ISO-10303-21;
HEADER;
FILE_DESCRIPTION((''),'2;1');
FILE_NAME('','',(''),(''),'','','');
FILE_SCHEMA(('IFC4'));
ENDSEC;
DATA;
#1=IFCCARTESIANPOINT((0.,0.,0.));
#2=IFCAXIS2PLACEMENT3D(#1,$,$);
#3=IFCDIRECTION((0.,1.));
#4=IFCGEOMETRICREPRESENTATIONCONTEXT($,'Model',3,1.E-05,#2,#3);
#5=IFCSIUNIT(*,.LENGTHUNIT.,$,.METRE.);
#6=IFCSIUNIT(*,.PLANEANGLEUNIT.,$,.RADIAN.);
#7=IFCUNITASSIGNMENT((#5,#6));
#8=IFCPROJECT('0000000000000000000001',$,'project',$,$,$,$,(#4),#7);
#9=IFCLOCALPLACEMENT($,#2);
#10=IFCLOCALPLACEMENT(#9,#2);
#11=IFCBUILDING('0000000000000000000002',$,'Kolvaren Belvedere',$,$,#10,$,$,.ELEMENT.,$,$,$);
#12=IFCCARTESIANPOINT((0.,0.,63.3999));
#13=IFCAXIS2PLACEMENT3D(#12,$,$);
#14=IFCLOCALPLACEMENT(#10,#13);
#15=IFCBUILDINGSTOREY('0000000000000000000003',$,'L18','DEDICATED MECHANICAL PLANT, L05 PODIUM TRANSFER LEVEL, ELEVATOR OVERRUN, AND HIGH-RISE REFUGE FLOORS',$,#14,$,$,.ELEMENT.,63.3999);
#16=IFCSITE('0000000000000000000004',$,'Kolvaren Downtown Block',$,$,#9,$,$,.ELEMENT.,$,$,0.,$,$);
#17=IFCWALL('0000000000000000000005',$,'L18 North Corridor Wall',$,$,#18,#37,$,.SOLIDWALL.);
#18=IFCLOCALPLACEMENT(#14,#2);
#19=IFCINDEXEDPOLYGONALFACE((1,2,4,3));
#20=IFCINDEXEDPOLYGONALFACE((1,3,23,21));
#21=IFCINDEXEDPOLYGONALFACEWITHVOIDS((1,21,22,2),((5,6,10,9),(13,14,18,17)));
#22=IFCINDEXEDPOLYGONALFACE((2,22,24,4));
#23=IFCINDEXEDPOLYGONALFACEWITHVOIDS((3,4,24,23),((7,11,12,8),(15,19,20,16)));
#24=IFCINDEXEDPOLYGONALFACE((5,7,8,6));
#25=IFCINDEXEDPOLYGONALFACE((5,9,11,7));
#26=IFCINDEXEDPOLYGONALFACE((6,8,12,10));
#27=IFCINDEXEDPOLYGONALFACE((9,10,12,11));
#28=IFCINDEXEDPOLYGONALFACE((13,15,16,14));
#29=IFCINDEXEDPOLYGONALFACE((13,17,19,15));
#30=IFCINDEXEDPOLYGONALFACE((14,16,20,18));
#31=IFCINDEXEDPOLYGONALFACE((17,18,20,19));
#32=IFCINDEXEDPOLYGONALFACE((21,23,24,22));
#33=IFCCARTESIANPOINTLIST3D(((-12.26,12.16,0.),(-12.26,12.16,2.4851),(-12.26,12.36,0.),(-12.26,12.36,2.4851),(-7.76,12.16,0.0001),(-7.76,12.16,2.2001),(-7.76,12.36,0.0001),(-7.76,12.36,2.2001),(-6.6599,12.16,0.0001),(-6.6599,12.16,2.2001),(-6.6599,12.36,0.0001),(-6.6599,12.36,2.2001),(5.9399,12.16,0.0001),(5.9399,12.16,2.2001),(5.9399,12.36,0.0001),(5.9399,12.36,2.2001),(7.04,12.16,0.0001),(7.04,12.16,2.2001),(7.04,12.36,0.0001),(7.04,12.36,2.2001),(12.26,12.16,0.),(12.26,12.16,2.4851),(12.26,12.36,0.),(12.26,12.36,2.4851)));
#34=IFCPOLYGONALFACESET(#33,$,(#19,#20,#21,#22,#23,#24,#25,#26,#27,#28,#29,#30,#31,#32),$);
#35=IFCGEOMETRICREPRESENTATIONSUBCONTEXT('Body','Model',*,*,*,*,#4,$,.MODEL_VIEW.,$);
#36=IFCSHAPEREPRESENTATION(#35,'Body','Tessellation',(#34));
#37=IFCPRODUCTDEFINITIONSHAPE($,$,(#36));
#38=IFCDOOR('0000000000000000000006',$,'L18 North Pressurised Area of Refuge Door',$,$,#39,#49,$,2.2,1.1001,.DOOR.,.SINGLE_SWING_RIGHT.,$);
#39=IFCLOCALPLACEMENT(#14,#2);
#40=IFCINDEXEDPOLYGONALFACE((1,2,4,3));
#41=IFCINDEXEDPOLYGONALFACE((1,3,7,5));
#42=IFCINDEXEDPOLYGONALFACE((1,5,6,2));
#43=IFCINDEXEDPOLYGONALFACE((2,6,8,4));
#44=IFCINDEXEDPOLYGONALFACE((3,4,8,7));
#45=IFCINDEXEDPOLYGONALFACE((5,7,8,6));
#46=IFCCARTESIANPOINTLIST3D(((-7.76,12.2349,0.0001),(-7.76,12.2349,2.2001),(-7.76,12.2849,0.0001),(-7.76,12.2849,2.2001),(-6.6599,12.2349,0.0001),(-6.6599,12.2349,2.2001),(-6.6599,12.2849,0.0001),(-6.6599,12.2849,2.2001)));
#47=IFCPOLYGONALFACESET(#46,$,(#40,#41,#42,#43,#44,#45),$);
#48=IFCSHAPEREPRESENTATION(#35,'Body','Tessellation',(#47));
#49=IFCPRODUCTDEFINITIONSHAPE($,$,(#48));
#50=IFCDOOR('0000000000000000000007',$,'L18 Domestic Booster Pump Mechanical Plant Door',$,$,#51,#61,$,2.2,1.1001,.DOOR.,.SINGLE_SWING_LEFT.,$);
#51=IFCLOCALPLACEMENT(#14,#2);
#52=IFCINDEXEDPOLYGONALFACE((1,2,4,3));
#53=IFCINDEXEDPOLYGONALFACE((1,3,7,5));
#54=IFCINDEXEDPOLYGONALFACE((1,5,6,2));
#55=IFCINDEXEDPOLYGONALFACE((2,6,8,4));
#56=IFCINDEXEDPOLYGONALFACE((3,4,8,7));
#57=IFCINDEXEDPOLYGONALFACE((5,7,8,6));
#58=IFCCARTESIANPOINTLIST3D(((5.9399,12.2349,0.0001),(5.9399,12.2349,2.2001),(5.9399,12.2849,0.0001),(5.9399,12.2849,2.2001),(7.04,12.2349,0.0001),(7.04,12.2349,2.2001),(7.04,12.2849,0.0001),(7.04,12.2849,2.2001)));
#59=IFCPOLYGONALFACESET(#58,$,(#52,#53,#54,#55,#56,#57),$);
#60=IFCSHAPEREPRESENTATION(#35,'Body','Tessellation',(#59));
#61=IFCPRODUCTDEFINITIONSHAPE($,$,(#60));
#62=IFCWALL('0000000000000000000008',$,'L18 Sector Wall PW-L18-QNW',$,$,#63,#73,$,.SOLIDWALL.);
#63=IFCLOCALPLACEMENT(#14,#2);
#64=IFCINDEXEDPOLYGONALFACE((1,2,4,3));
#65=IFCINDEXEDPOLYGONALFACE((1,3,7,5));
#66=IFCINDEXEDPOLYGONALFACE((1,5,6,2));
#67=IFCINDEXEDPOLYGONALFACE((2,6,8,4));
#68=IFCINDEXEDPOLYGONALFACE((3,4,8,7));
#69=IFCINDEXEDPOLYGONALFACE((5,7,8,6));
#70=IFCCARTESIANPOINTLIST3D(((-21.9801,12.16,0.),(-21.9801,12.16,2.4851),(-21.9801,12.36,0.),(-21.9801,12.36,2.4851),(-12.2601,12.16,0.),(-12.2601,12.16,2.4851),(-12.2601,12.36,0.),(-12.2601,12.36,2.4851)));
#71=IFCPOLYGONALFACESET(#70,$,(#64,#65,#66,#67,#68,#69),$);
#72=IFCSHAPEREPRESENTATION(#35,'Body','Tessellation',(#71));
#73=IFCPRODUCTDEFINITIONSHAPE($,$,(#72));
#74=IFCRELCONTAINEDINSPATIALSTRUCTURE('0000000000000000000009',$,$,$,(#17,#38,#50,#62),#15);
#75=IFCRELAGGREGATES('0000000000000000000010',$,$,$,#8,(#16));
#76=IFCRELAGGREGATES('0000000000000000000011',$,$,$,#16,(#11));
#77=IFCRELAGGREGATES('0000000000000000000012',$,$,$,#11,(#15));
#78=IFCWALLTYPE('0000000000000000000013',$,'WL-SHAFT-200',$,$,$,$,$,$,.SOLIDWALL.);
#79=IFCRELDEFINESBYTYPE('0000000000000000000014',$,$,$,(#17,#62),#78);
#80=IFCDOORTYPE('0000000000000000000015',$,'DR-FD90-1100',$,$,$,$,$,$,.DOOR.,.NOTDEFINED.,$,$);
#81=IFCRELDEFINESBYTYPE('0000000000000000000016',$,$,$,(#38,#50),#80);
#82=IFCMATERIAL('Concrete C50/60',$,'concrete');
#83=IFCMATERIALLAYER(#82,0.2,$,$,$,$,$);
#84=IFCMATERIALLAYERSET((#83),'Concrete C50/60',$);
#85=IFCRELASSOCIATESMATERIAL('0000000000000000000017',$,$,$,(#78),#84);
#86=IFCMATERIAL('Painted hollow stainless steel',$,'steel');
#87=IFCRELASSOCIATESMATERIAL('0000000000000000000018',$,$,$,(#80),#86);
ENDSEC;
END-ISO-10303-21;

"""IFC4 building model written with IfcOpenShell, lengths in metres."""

from ifc_helpers import new_model, si_unit, direction, frame, frame_2d, origin, place, context, subcontext, project, spatial, rectangle, extrude, material, layer, layer_set, type_object, element, fill, save


model = new_model("IFC4")

# Units and contexts
model_context = context("Model", 3, precision=1e-05, world=origin(), true_north=direction((0.0, 1.0)))
body_context = subcontext(model_context, "Body", "Model", "MODEL_VIEW")
ifc_project = project(units=[si_unit("LENGTHUNIT", "METRE"), si_unit("PLANEANGLEUNIT", "RADIAN")], contexts=[model_context])

# Site, building, storey
site_placement = place(None, origin())
site = spatial("IfcSite", under=ifc_project, at=site_placement, Name="Kolvaren Downtown Block", CompositionType="ELEMENT", RefElevation=0.0)
building_placement = place(site_placement, origin())
building = spatial("IfcBuilding", under=site, at=building_placement, Name="Kolvaren Belvedere", CompositionType="ELEMENT")
storey_placement = place(building_placement, frame((0.0, 0.0, 63.3999)))
storey = spatial("IfcBuildingStorey", under=building, at=storey_placement, Name="L18", Description="DEDICATED MECHANICAL PLANT, L05 PODIUM TRANSFER LEVEL, ELEVATOR OVERRUN, AND HIGH-RISE REFUGE FLOORS", CompositionType="ELEMENT", Elevation=63.3999)

# Wall, openings, doors
ifc_material_1 = material(Name="Concrete C50/60", Category="concrete")
ifc_layer_1 = layer(ifc_material_1, 0.2)
ifc_layer_set_1 = layer_set([ifc_layer_1], Name="Concrete C50/60")
wall_type_1 = type_object("IfcWallType", Name="WL-SHAFT-200", PredefinedType="SOLIDWALL", material=ifc_layer_set_1)
wall_1_placement = place(storey_placement, frame((-12.26, 12.26, 0.0), z_axis=(0.0, 0.0, 1.0), x_axis=(1.0, 0.0, 0.0)))
wall_1 = element("IfcWall", 1, at=wall_1_placement, inside=storey, type_object=wall_type_1, Name="L18 North Corridor Wall", PredefinedType="SOLIDWALL", context=body_context, shape_type="SweptSolid", body=[
    extrude(rectangle(XDim=24.52, YDim=0.2, at=frame_2d((12.26, 0.0))), origin(), (0.0, 0.0, 1.0), 2.4851),
])
opening_1_placement = place(wall_1_placement, frame((4.5, 0.0, 0.0)))
opening_1 = element("IfcOpeningElement", 2, at=opening_1_placement, cuts=wall_1, PredefinedType="OPENING", context=body_context, shape_type="SweptSolid", body=[
    extrude(rectangle(XDim=1.1001, YDim=2.2, at=frame_2d((0.55, 1.1001))), frame((0.0, 0.1099, 0.0), z_axis=(0.0, -1.0, 0.0), x_axis=(1.0, 0.0, 0.0)), (0.0, 0.0, 1.0), 0.22),
])
opening_2_placement = place(wall_1_placement, frame((18.2, 0.0, 0.0)))
opening_2 = element("IfcOpeningElement", 3, at=opening_2_placement, cuts=wall_1, PredefinedType="OPENING", context=body_context, shape_type="SweptSolid", body=[
    extrude(rectangle(XDim=1.1001, YDim=2.2, at=frame_2d((0.55, 1.1001))), frame((0.0, 0.1099, 0.0), z_axis=(0.0, -1.0, 0.0), x_axis=(1.0, 0.0, 0.0)), (0.0, 0.0, 1.0), 0.22),
])
ifc_material_2 = material(Name="Painted hollow stainless steel", Category="steel")
door_type = type_object("IfcDoorType", Name="DR-FD90-1100", OperationType="NOTDEFINED", PredefinedType="DOOR", material=ifc_material_2)
door_1_placement = place(opening_1_placement, origin())
door_1 = element("IfcDoor", 4, at=door_1_placement, inside=storey, type_object=door_type, Name="L18 North Pressurised Area of Refuge Door", OperationType="SINGLE_SWING_RIGHT", OverallHeight=2.2, OverallWidth=1.1001, PredefinedType="DOOR", context=body_context, shape_type="SweptSolid", body=[
    extrude(rectangle(XDim=1.1001, YDim=2.2, at=frame_2d((0.55, 1.1001))), frame((0.0, 0.0249, 0.0), z_axis=(0.0, -1.0, 0.0), x_axis=(1.0, 0.0, 0.0)), (0.0, 0.0, 1.0), 0.05),
])
fill(opening_1, door_1)
door_2_placement = place(opening_2_placement, origin())
door_2 = element("IfcDoor", 5, at=door_2_placement, inside=storey, type_object=door_type, Name="L18 Domestic Booster Pump Mechanical Plant Door", OperationType="SINGLE_SWING_LEFT", OverallHeight=2.2, OverallWidth=1.1001, PredefinedType="DOOR", context=body_context, shape_type="SweptSolid", body=[
    extrude(rectangle(XDim=1.1001, YDim=2.2, at=frame_2d((0.55, 1.1001))), frame((0.0, 0.0249, 0.0), z_axis=(0.0, -1.0, 0.0), x_axis=(1.0, 0.0, 0.0)), (0.0, 0.0, 1.0), 0.05),
])
fill(opening_2, door_2)

# Wall
wall_2_placement = place(storey_placement, frame((-21.98, 12.26, 0.0), z_axis=(0.0, 0.0, 1.0), x_axis=(1.0, 0.0, 0.0)))
element("IfcWall", 6, at=wall_2_placement, inside=storey, type_object=wall_type_1, Name="L18 Sector Wall PW-L18-QNW", PredefinedType="SOLIDWALL", context=body_context, shape_type="SweptSolid", body=[
    extrude(rectangle(XDim=9.72, YDim=0.2, at=frame_2d((4.8599, 0.0))), origin(), (0.0, 0.0, 1.0), 2.4851),
])

save(model, "model.ifc")
